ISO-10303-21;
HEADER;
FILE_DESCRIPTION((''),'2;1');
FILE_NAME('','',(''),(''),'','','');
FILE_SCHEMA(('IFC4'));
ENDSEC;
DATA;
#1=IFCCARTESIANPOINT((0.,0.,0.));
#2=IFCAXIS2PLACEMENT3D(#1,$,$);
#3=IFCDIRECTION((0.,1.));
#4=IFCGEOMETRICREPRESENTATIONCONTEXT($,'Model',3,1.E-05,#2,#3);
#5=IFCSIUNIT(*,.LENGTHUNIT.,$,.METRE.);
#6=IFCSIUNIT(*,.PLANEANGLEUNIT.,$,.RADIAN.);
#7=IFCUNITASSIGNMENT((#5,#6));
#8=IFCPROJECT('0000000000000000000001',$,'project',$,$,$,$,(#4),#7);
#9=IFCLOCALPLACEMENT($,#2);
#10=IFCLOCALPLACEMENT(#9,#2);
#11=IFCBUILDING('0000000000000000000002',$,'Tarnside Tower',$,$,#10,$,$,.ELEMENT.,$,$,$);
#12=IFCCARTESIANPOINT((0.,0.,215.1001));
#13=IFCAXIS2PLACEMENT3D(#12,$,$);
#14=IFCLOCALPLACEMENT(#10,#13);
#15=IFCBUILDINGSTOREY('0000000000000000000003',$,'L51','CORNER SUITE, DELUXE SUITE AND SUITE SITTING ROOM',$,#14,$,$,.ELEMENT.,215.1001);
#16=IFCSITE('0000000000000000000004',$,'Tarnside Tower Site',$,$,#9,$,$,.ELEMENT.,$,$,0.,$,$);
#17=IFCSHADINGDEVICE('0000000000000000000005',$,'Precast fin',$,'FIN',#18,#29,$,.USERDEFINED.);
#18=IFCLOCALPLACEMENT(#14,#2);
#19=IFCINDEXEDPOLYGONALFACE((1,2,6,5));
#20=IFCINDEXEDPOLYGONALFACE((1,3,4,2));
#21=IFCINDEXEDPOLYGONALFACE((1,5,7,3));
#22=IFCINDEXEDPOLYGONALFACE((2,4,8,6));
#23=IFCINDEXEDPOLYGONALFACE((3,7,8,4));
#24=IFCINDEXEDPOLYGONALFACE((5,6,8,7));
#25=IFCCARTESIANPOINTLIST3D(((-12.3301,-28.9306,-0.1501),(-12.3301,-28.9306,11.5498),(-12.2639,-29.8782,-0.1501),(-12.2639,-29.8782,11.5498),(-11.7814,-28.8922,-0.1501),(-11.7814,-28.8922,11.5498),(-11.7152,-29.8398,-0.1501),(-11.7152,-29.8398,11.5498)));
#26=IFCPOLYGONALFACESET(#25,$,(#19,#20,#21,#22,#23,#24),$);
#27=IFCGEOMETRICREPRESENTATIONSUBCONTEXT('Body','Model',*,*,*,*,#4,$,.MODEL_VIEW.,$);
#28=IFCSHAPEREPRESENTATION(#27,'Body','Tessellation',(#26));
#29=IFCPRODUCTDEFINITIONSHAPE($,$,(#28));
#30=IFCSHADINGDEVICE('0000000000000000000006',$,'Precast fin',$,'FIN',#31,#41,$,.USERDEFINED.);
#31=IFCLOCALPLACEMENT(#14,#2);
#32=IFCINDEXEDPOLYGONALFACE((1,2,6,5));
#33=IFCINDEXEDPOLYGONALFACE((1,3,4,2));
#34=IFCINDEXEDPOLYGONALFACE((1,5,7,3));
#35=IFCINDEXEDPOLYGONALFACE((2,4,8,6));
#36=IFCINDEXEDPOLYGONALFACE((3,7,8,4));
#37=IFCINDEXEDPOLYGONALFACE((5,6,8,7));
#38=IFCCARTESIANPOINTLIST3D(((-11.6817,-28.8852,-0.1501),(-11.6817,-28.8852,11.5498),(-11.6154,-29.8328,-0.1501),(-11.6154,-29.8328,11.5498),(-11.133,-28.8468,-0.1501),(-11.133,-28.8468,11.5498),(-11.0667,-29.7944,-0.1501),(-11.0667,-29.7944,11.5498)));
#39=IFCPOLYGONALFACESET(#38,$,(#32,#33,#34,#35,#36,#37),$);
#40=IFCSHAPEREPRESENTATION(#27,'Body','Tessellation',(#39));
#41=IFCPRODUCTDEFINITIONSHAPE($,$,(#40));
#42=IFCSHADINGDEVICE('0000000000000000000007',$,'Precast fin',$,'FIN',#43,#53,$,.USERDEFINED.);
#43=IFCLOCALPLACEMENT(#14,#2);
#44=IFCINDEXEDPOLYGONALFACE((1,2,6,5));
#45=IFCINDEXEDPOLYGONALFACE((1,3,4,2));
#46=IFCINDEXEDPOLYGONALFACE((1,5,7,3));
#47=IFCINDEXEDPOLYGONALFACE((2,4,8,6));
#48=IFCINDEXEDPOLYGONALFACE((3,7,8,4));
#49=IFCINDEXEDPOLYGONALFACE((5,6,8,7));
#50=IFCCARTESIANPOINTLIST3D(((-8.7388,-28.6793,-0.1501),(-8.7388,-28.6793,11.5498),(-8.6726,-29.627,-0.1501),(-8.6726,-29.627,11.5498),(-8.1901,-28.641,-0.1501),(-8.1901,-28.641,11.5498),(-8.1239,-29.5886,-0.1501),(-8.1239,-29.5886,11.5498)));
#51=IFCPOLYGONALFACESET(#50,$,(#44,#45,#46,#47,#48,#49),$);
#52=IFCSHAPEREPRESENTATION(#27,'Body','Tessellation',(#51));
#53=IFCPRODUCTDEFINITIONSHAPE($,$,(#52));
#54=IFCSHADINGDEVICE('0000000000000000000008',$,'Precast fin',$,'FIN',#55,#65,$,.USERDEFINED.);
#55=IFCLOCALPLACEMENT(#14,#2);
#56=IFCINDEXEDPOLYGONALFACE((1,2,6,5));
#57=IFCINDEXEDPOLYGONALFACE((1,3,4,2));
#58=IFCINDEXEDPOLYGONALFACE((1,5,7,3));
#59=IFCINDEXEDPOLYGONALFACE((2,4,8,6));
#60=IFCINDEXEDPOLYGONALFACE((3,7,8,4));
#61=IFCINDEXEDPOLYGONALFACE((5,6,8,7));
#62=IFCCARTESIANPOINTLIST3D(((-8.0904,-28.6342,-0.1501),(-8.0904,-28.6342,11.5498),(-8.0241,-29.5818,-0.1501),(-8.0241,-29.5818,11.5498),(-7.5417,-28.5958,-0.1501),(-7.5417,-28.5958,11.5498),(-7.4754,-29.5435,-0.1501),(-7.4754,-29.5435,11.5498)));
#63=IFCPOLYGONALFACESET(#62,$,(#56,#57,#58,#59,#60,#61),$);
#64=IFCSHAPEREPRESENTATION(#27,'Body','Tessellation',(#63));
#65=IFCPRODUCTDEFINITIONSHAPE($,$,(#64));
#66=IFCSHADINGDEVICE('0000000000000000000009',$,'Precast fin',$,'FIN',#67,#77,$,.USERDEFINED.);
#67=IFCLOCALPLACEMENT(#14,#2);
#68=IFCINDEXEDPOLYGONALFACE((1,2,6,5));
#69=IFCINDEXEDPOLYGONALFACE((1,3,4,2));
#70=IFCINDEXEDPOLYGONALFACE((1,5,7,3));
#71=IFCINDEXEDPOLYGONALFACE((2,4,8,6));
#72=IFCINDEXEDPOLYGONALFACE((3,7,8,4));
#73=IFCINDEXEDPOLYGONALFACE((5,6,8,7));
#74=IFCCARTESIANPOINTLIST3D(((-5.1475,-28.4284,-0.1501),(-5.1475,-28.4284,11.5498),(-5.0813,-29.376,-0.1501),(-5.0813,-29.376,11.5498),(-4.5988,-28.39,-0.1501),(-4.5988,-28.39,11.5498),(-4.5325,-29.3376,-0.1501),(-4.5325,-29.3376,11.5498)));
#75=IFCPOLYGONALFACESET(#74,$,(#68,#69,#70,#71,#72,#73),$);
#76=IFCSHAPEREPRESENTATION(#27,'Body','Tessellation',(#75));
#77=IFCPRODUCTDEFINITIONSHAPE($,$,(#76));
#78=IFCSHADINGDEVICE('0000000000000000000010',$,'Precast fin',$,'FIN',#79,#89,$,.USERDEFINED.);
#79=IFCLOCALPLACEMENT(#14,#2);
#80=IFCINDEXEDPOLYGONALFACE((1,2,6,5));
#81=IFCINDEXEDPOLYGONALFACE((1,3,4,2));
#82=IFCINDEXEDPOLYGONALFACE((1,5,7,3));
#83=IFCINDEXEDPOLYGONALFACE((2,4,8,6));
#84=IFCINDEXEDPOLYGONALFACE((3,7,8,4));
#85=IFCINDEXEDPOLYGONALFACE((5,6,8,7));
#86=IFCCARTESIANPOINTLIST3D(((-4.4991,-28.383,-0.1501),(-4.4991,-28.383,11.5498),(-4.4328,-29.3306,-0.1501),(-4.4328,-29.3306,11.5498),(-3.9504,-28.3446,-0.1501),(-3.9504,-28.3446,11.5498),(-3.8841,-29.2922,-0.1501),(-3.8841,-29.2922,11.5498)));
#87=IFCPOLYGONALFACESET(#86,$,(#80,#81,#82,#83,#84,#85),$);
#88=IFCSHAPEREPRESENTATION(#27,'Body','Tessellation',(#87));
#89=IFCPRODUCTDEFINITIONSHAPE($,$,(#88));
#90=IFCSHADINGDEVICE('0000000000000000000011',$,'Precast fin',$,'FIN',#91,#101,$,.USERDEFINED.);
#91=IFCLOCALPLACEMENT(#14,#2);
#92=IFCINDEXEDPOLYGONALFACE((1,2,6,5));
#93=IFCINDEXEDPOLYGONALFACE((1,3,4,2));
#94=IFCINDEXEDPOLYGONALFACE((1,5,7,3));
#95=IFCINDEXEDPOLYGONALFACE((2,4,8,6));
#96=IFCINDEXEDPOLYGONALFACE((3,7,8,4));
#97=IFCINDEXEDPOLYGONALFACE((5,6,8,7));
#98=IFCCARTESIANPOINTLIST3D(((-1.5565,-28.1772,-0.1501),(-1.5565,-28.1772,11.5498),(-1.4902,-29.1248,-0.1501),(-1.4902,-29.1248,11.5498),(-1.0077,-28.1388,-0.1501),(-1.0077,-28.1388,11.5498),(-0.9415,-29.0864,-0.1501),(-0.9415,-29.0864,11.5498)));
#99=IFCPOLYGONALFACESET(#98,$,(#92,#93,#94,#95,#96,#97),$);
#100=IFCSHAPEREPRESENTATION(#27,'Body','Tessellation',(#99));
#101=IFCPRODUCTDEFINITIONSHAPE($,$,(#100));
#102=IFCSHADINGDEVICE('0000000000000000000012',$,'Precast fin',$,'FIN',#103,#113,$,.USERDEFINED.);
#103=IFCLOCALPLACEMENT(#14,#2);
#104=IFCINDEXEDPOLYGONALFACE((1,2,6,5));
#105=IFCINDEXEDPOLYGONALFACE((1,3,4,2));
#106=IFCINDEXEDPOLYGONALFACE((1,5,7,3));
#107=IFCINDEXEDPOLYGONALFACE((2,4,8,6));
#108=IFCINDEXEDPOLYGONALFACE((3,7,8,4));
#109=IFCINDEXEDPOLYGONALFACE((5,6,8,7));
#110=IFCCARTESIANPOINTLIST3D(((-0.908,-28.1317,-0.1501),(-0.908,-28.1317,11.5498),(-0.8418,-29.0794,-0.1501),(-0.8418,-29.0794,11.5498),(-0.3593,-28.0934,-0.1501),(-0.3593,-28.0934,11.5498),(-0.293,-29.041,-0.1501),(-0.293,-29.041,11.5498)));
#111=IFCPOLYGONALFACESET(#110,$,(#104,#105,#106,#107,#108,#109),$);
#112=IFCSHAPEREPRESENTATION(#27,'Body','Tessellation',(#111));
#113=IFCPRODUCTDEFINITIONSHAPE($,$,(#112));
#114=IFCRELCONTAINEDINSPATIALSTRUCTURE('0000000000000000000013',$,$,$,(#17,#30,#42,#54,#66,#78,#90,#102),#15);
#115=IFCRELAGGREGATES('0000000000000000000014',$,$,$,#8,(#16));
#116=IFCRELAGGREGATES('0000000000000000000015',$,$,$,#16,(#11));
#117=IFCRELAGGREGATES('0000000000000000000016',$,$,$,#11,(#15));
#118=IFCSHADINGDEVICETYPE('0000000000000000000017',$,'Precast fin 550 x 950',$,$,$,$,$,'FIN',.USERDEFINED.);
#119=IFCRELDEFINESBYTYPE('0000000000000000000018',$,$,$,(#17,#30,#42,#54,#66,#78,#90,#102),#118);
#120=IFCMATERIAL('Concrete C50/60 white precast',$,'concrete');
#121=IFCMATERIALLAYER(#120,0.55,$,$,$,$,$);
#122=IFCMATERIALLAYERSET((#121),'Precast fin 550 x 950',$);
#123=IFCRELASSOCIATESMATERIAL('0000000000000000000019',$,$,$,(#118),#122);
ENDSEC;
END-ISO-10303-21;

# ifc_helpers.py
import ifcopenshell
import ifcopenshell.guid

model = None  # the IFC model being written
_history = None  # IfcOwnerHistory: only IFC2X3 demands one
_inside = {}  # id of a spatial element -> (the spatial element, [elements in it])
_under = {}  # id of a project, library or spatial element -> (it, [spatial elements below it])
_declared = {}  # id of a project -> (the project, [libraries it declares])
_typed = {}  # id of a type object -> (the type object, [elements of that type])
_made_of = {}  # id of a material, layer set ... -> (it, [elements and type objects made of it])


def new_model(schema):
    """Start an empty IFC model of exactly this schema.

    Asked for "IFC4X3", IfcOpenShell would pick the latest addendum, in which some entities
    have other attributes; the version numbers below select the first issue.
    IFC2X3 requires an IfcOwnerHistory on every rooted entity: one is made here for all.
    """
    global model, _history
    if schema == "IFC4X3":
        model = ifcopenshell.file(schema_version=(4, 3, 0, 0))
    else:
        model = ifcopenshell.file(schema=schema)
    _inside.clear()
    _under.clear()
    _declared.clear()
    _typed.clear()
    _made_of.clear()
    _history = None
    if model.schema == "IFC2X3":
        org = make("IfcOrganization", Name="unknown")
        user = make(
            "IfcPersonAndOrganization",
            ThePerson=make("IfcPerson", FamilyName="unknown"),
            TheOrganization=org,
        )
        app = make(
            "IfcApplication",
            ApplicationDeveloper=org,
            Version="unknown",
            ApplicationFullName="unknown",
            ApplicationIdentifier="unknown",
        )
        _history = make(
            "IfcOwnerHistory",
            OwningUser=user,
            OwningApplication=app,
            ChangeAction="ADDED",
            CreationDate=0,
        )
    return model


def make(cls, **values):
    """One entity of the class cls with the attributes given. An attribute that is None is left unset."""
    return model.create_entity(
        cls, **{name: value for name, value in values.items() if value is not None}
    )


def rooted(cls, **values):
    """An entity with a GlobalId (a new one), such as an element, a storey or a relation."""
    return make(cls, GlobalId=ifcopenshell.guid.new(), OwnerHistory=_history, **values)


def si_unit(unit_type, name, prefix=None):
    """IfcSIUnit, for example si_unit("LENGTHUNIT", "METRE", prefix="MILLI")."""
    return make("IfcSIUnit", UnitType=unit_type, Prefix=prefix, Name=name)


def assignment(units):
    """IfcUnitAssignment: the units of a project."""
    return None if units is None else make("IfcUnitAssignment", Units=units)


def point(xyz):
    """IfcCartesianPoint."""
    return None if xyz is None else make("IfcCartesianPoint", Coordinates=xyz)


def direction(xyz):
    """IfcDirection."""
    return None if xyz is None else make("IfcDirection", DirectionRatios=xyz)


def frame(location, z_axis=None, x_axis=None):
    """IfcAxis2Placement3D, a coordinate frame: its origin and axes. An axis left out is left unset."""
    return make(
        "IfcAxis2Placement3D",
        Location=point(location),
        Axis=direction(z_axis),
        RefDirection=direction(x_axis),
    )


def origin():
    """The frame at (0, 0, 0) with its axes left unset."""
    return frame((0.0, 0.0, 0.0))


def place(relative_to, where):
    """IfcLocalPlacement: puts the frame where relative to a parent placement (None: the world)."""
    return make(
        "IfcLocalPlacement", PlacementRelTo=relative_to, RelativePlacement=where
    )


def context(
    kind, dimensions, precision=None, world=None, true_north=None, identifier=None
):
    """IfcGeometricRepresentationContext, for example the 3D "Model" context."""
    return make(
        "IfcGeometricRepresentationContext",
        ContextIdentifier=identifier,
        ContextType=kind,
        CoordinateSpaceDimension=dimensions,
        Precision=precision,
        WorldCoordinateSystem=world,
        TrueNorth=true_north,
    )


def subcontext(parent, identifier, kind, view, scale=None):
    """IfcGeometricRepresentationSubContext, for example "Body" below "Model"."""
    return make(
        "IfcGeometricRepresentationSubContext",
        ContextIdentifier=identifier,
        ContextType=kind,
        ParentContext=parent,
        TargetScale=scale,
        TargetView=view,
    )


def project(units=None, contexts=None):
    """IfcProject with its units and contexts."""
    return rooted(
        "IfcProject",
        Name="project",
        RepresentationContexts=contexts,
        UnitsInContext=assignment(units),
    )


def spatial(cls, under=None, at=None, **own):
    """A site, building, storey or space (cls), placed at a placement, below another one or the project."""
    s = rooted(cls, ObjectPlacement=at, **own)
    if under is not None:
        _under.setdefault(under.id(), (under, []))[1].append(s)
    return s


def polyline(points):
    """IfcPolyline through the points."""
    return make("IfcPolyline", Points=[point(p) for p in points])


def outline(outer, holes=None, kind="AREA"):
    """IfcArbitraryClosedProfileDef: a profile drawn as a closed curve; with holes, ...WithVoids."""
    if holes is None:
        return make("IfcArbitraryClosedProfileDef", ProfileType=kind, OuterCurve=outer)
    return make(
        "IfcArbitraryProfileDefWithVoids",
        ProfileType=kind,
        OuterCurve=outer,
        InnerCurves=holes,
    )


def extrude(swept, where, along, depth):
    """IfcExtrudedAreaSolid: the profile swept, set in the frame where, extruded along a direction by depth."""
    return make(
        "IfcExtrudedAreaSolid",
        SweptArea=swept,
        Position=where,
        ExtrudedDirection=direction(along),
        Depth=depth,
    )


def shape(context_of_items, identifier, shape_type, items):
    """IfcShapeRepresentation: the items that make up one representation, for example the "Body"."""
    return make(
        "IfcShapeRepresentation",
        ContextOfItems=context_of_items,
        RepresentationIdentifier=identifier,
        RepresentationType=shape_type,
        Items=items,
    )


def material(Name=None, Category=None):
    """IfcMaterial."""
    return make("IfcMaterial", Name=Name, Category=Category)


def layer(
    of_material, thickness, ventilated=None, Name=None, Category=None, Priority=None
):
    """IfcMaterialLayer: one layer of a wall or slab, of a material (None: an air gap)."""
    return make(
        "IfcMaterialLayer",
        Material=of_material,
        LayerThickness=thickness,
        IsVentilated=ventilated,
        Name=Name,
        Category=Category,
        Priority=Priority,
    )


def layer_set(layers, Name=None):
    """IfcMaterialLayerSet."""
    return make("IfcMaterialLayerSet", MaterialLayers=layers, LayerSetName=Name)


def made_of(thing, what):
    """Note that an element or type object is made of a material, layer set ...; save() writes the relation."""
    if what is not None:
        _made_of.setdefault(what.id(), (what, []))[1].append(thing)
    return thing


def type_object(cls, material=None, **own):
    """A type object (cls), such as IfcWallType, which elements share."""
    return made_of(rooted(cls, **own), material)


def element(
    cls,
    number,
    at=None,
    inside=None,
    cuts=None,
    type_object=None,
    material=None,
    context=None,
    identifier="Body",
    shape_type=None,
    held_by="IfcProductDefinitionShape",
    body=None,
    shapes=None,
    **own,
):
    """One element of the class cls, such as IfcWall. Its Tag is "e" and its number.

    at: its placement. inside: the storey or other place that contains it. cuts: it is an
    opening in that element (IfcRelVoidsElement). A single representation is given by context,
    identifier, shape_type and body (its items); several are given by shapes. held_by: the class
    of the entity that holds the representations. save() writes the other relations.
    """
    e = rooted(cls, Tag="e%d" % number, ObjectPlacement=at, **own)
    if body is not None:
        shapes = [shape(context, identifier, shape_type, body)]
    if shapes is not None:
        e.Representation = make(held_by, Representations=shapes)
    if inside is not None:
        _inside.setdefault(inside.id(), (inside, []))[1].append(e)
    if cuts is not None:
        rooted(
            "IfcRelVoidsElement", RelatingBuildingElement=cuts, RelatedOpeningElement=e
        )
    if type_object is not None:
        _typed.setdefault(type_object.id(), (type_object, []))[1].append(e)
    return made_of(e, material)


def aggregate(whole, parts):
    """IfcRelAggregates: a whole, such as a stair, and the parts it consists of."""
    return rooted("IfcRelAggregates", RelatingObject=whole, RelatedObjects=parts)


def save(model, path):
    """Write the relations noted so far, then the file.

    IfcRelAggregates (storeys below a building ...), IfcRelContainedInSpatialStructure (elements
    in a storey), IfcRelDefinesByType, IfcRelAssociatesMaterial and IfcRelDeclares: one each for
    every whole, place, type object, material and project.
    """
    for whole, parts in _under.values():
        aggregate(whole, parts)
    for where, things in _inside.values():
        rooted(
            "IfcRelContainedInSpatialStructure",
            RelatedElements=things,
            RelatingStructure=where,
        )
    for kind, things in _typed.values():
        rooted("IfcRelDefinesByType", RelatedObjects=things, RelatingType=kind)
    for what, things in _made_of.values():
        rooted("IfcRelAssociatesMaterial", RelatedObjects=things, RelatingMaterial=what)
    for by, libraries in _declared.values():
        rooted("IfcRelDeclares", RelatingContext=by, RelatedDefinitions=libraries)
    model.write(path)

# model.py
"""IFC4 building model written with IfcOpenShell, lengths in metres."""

from ifc_helpers import new_model, si_unit, direction, frame, origin, place, context, subcontext, project, spatial, polyline, outline, extrude, material, layer, layer_set, type_object, element, save


model = new_model("IFC4")

# Units and contexts
model_context = context("Model", 3, precision=1e-05, world=origin(), true_north=direction((0.0, 1.0)))
body_context = subcontext(model_context, "Body", "Model", "MODEL_VIEW")
ifc_project = project(units=[si_unit("LENGTHUNIT", "METRE"), si_unit("PLANEANGLEUNIT", "RADIAN")], contexts=[model_context])

# Site, building, storey
site_placement = place(None, origin())
site = spatial("IfcSite", under=ifc_project, at=site_placement, Name="Tarnside Tower Site", CompositionType="ELEMENT", RefElevation=0.0)
building_placement = place(site_placement, origin())
building = spatial("IfcBuilding", under=site, at=building_placement, Name="Tarnside Tower", CompositionType="ELEMENT")
storey_placement = place(building_placement, frame((0.0, 0.0, 215.1001)))
storey = spatial("IfcBuildingStorey", under=building, at=storey_placement, Name="L51", Description="CORNER SUITE, DELUXE SUITE AND SUITE SITTING ROOM", CompositionType="ELEMENT", Elevation=215.1001)

# Shading devices
ifc_material_1 = material(Name="Concrete C50/60 white precast", Category="concrete")
ifc_layer_1 = layer(ifc_material_1, 0.55)
ifc_layer_set_1 = layer_set([ifc_layer_1], Name="Precast fin 550 x 950")
shading_device_type_1 = type_object("IfcShadingDeviceType", Name="Precast fin 550 x 950", ElementType="FIN", PredefinedType="USERDEFINED", material=ifc_layer_set_1)
for number, where, z_axis, x_axis, name in (
    (1, (-12.0557, -28.9114, -0.1501), (-0.997564, -0.069756, 0.0), (0.069756, -0.997564, 0.0), "Precast fin"),
    (2, (-11.4072, -28.866, -0.1501), (-0.997564, -0.069756, 0.0), (0.069756, -0.997564, 0.0), "Precast fin"),
    (3, (-8.4644, -28.6602, -0.1501), (-0.997564, -0.069756, 0.0), (0.069756, -0.997564, 0.0), "Precast fin"),
    (4, (-7.8159, -28.615, -0.1501), (-0.997564, -0.069756, 0.0), (0.069756, -0.997564, 0.0), "Precast fin"),
    (5, (-4.873, -28.4092, -0.1501), (-0.997564, -0.069756, 0.0), (0.069756, -0.997564, 0.0), "Precast fin"),
    (6, (-4.2246, -28.3638, -0.1501), (-0.997564, -0.069756, 0.0), (0.069756, -0.997564, 0.0), "Precast fin"),
    (7, (-1.282, -28.158, -0.1501), (-0.997564, -0.069756, 0.0), (0.069756, -0.997564, 0.0), "Precast fin"),
    (8, (-0.6335, -28.1125, -0.1501), (-0.997564, -0.069756, 0.0), (0.069756, -0.997564, 0.0), "Precast fin"),
):
    element("IfcShadingDevice", number, at=place(storey_placement, frame(where, z_axis=z_axis, x_axis=x_axis)), inside=storey, type_object=shading_device_type_1, Name=name, ObjectType="FIN", PredefinedType="USERDEFINED", context=body_context, shape_type="SweptSolid", body=[
        extrude(outline(polyline([(0.0, 0.0), (0.95, 0.0), (0.95, 11.7), (0.0, 11.7), (0.0, 0.0)])), frame((0.0, 0.0, -0.2749)), (0.0, 0.0, 1.0), 0.55),
    ])

save(model, "model.ifc")
